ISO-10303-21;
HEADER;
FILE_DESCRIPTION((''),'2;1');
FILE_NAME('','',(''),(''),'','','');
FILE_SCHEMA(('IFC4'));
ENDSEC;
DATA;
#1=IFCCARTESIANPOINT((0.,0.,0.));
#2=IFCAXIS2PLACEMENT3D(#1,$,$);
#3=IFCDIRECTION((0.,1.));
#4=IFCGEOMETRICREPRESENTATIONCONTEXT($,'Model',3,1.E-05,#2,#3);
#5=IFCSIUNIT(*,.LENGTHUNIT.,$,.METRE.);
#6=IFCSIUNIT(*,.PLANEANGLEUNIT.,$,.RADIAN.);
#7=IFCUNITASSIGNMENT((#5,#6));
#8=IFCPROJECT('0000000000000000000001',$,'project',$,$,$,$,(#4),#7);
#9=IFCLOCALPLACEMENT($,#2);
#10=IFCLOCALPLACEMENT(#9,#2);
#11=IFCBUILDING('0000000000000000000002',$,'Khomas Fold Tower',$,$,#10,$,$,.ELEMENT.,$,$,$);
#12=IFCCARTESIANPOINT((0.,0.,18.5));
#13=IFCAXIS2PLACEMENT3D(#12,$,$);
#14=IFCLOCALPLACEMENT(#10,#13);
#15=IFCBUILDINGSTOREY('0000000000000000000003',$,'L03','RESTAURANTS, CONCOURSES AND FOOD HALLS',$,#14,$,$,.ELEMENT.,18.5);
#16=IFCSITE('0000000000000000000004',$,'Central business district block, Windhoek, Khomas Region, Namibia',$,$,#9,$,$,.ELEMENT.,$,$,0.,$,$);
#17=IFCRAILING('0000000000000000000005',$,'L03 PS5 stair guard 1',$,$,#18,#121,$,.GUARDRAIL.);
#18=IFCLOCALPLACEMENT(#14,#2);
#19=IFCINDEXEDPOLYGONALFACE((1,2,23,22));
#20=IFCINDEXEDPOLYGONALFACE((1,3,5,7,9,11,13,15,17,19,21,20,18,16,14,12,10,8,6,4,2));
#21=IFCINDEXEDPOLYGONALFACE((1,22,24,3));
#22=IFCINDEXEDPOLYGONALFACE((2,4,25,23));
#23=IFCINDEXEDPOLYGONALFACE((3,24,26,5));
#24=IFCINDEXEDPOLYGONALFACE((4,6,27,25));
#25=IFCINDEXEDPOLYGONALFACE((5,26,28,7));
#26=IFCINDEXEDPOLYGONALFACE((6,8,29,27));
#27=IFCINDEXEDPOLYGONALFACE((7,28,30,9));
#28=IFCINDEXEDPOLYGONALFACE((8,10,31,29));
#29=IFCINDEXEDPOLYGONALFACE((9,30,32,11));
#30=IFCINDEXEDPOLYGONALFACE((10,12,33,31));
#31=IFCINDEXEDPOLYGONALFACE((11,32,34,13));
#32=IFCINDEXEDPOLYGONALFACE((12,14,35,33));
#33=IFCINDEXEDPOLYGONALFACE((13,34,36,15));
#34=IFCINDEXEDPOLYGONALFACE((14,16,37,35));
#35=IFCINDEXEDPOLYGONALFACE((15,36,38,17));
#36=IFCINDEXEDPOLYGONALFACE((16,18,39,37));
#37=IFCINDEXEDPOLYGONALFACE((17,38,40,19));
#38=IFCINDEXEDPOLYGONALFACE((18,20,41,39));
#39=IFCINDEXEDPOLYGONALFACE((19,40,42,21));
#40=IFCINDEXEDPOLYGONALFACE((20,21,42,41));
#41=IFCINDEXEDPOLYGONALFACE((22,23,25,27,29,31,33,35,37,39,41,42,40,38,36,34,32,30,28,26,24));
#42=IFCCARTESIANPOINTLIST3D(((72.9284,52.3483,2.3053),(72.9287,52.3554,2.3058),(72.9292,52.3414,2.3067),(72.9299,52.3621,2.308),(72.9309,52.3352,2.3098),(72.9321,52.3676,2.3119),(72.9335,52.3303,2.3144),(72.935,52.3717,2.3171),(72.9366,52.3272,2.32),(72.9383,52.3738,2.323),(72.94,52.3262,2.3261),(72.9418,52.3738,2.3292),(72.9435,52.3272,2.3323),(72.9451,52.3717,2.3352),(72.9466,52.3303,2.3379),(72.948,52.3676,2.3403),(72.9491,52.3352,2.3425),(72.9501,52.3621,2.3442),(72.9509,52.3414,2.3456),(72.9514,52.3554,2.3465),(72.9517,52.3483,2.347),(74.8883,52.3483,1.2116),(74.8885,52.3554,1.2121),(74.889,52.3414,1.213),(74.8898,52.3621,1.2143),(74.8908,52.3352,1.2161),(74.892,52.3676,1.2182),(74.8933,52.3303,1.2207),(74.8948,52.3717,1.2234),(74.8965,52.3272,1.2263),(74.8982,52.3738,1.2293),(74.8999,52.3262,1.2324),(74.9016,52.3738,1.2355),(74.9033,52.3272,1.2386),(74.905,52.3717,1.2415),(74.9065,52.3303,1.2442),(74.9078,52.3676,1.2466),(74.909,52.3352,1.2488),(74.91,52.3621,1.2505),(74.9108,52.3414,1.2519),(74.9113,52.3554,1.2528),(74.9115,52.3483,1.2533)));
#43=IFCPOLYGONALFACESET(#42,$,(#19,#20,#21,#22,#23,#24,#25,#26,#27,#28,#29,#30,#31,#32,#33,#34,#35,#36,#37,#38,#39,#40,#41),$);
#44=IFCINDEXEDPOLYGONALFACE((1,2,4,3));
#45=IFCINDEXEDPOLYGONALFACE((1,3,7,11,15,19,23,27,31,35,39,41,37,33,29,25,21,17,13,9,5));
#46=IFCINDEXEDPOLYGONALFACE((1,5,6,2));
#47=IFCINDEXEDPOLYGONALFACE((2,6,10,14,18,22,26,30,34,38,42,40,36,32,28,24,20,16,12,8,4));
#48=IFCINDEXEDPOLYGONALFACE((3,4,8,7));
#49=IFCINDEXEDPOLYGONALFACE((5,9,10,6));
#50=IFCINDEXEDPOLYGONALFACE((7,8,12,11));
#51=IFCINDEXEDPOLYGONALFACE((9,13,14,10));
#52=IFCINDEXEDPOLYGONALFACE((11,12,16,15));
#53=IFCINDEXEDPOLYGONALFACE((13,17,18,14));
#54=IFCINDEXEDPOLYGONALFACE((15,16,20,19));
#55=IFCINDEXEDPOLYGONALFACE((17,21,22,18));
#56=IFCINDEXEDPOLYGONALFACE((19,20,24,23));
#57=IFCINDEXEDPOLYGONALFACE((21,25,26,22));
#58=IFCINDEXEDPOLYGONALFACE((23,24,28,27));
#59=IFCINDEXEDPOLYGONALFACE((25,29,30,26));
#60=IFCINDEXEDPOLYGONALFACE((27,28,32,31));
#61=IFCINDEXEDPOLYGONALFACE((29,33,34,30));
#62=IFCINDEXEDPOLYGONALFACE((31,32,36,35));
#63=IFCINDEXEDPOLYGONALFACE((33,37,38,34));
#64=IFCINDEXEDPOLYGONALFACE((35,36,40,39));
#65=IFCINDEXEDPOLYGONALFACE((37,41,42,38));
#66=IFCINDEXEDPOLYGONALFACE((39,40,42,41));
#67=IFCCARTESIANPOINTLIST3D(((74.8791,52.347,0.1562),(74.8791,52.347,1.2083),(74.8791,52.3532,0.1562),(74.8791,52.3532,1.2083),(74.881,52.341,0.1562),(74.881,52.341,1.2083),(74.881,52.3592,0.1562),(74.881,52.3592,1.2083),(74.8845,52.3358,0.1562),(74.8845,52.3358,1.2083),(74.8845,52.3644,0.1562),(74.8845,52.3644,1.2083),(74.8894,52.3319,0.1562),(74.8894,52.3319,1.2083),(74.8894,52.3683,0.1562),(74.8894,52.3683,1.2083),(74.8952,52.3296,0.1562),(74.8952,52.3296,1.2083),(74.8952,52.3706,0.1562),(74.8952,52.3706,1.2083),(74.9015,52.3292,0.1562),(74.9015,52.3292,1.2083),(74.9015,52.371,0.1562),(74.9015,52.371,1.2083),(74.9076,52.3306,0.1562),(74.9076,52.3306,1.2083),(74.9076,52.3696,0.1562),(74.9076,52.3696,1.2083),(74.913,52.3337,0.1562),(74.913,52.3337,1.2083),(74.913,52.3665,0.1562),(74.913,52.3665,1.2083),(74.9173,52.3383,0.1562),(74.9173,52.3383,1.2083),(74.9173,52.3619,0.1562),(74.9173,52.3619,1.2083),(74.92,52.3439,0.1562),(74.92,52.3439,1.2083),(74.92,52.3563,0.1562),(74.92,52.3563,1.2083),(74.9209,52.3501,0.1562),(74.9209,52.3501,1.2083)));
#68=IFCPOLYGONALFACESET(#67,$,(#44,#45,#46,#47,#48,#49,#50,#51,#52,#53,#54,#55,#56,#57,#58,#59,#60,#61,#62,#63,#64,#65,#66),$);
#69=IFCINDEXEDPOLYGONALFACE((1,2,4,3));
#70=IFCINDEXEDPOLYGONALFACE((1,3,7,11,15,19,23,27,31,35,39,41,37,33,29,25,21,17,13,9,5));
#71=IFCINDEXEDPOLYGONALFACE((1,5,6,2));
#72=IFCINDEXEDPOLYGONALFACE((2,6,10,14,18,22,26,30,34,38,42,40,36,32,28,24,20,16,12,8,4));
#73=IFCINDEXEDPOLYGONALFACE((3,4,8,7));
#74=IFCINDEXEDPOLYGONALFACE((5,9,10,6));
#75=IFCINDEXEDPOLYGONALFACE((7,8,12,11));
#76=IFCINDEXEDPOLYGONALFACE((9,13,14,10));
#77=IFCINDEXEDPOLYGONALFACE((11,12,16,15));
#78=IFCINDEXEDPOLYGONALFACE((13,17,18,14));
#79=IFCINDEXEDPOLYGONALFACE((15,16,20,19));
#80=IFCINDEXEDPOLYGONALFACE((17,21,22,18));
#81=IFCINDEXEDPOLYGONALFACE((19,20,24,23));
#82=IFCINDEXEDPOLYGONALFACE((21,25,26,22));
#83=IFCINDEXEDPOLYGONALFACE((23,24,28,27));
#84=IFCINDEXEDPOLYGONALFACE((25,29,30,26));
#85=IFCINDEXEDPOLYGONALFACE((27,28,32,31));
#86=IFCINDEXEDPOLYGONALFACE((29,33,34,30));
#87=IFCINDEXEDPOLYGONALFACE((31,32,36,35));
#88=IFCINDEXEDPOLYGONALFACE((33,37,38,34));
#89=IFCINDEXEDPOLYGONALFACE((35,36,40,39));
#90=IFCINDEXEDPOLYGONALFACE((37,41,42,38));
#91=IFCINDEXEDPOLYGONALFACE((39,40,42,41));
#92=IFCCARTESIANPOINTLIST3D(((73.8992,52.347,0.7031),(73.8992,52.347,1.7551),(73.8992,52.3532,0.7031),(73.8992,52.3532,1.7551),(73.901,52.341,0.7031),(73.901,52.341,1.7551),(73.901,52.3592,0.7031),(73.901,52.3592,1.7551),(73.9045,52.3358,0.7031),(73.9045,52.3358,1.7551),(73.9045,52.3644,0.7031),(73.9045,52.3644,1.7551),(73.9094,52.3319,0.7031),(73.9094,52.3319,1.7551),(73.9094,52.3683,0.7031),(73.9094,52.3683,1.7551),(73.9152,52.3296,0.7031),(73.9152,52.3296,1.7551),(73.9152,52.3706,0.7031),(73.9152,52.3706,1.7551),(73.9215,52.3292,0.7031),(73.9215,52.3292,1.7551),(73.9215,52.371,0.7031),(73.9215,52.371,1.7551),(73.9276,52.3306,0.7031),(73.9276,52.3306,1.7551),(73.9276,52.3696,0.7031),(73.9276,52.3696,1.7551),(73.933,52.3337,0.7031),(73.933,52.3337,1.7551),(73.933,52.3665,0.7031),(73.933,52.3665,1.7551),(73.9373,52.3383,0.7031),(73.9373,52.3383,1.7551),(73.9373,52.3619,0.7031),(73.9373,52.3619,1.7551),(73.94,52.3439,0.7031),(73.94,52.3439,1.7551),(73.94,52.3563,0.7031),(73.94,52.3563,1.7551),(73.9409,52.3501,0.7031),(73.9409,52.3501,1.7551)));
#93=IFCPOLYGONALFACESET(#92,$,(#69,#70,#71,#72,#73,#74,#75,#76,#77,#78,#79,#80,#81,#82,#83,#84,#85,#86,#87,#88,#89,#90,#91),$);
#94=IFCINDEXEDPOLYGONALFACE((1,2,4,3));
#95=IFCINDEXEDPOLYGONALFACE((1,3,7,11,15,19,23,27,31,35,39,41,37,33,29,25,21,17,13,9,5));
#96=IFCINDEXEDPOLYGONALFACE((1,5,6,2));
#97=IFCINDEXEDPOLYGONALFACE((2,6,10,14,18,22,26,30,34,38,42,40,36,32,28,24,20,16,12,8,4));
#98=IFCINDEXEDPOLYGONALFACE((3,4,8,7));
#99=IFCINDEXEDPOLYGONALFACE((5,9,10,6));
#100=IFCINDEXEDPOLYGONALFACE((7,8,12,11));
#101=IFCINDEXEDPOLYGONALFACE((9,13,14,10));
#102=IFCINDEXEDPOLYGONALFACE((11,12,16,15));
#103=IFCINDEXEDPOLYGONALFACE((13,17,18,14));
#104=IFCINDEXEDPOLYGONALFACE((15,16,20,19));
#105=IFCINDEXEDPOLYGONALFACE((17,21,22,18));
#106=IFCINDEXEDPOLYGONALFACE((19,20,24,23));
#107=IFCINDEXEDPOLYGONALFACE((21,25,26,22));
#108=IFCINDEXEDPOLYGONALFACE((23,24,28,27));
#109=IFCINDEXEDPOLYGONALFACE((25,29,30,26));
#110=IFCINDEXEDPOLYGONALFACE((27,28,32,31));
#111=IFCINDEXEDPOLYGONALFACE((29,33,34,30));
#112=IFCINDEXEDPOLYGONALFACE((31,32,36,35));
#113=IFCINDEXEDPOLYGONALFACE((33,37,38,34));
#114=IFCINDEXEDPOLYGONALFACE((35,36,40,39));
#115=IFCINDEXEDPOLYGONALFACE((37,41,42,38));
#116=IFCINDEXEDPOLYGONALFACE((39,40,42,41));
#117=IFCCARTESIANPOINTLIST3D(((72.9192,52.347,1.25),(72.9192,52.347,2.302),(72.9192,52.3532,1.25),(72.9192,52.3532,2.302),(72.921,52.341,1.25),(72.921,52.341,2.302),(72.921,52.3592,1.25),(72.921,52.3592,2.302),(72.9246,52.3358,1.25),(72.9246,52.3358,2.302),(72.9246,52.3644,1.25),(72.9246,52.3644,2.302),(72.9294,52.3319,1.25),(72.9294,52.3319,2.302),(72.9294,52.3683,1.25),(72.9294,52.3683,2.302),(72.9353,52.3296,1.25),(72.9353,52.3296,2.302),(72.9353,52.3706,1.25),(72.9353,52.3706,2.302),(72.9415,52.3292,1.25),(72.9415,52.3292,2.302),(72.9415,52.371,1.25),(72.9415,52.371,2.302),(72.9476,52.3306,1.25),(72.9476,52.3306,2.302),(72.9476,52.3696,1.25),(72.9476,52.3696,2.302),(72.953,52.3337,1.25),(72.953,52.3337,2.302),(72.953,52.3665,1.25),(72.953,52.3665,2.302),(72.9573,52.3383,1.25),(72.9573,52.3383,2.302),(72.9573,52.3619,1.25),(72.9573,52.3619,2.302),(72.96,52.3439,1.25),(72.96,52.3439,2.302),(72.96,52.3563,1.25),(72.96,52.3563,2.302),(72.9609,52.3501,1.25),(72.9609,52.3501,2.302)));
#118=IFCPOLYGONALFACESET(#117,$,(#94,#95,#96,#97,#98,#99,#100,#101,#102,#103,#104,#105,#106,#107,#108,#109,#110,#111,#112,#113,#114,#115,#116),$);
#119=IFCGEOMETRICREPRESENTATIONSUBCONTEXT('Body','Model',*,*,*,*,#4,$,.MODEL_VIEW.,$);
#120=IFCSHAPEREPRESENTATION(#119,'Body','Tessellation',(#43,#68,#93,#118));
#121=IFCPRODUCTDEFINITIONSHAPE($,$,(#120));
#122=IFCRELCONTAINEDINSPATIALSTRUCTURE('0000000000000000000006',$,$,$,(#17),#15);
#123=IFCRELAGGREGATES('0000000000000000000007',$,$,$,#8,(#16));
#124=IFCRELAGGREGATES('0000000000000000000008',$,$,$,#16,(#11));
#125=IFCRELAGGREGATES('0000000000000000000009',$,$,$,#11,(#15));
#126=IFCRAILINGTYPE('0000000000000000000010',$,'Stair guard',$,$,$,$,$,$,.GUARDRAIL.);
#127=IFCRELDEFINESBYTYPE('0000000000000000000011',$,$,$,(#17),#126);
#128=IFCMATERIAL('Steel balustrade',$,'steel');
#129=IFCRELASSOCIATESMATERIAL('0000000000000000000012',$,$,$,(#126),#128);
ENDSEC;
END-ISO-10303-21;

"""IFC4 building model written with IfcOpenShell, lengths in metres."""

from ifc_helpers import new_model, si_unit, direction, frame, origin, origin_2d, place, context, subcontext, project, spatial, circle, extrude, source, transform, mapped, material, type_object, element, save


model = new_model("IFC4")

# Units and contexts
model_context = context("Model", 3, precision=1e-05, world=origin(), true_north=direction((0.0, 1.0)))
body_context = subcontext(model_context, "Body", "Model", "MODEL_VIEW")
ifc_project = project(units=[si_unit("LENGTHUNIT", "METRE"), si_unit("PLANEANGLEUNIT", "RADIAN")], contexts=[model_context])

# Site, building, storey
site_placement = place(None, origin())
site = spatial("IfcSite", under=ifc_project, at=site_placement, Name="Central business district block, Windhoek, Khomas Region, Namibia", CompositionType="ELEMENT", RefElevation=0.0)
building_placement = place(site_placement, origin())
building = spatial("IfcBuilding", under=site, at=building_placement, Name="Khomas Fold Tower", CompositionType="ELEMENT")
storey_placement = place(building_placement, frame((0.0, 0.0, 18.5)))
storey = spatial("IfcBuildingStorey", under=building, at=storey_placement, Name="L03", Description="RESTAURANTS, CONCOURSES AND FOOD HALLS", CompositionType="ELEMENT", Elevation=18.5)

# Railing
ifc_material_1 = material(Name="Steel balustrade", Category="steel")
railing_type_1 = type_object("IfcRailingType", Name="Stair guard", PredefinedType="GUARDRAIL", material=ifc_material_1)
shared_shape_1 = source(origin(), body_context, "Body", "SweptSolid", [
    extrude(circle(Radius=0.0239, at=origin_2d()), frame((0.0, 0.0, 1.0762), z_axis=(-0.873232, 0.0, 0.487304), x_axis=(0.0, -1.0, 0.0)), (0.0, 0.0, 1.0), 2.2444),
    extrude(circle(Radius=0.021, at=origin_2d()), origin(), (0.0, 0.0, 1.0), 1.052),
    extrude(circle(Radius=0.021, at=origin_2d()), frame((-0.98, 0.0, 0.5469)), (0.0, 0.0, 1.0), 1.052),
    extrude(circle(Radius=0.021, at=origin_2d()), frame((-1.96, 0.0, 1.0938)), (0.0, 0.0, 1.0), 1.052),
])
for number, where, name in (
    (1, (74.8999, 52.3501, 0.1562), "L03 PS5 stair guard 1"),
):
    element("IfcRailing", number, at=place(storey_placement, frame(where)), inside=storey, type_object=railing_type_1, Name=name, PredefinedType="GUARDRAIL", context=body_context, shape_type="MappedRepresentation", body=[
        mapped(shared_shape_1, transform((0.0, 0.0, 0.0))),
    ])

save(model, "model.ifc")
